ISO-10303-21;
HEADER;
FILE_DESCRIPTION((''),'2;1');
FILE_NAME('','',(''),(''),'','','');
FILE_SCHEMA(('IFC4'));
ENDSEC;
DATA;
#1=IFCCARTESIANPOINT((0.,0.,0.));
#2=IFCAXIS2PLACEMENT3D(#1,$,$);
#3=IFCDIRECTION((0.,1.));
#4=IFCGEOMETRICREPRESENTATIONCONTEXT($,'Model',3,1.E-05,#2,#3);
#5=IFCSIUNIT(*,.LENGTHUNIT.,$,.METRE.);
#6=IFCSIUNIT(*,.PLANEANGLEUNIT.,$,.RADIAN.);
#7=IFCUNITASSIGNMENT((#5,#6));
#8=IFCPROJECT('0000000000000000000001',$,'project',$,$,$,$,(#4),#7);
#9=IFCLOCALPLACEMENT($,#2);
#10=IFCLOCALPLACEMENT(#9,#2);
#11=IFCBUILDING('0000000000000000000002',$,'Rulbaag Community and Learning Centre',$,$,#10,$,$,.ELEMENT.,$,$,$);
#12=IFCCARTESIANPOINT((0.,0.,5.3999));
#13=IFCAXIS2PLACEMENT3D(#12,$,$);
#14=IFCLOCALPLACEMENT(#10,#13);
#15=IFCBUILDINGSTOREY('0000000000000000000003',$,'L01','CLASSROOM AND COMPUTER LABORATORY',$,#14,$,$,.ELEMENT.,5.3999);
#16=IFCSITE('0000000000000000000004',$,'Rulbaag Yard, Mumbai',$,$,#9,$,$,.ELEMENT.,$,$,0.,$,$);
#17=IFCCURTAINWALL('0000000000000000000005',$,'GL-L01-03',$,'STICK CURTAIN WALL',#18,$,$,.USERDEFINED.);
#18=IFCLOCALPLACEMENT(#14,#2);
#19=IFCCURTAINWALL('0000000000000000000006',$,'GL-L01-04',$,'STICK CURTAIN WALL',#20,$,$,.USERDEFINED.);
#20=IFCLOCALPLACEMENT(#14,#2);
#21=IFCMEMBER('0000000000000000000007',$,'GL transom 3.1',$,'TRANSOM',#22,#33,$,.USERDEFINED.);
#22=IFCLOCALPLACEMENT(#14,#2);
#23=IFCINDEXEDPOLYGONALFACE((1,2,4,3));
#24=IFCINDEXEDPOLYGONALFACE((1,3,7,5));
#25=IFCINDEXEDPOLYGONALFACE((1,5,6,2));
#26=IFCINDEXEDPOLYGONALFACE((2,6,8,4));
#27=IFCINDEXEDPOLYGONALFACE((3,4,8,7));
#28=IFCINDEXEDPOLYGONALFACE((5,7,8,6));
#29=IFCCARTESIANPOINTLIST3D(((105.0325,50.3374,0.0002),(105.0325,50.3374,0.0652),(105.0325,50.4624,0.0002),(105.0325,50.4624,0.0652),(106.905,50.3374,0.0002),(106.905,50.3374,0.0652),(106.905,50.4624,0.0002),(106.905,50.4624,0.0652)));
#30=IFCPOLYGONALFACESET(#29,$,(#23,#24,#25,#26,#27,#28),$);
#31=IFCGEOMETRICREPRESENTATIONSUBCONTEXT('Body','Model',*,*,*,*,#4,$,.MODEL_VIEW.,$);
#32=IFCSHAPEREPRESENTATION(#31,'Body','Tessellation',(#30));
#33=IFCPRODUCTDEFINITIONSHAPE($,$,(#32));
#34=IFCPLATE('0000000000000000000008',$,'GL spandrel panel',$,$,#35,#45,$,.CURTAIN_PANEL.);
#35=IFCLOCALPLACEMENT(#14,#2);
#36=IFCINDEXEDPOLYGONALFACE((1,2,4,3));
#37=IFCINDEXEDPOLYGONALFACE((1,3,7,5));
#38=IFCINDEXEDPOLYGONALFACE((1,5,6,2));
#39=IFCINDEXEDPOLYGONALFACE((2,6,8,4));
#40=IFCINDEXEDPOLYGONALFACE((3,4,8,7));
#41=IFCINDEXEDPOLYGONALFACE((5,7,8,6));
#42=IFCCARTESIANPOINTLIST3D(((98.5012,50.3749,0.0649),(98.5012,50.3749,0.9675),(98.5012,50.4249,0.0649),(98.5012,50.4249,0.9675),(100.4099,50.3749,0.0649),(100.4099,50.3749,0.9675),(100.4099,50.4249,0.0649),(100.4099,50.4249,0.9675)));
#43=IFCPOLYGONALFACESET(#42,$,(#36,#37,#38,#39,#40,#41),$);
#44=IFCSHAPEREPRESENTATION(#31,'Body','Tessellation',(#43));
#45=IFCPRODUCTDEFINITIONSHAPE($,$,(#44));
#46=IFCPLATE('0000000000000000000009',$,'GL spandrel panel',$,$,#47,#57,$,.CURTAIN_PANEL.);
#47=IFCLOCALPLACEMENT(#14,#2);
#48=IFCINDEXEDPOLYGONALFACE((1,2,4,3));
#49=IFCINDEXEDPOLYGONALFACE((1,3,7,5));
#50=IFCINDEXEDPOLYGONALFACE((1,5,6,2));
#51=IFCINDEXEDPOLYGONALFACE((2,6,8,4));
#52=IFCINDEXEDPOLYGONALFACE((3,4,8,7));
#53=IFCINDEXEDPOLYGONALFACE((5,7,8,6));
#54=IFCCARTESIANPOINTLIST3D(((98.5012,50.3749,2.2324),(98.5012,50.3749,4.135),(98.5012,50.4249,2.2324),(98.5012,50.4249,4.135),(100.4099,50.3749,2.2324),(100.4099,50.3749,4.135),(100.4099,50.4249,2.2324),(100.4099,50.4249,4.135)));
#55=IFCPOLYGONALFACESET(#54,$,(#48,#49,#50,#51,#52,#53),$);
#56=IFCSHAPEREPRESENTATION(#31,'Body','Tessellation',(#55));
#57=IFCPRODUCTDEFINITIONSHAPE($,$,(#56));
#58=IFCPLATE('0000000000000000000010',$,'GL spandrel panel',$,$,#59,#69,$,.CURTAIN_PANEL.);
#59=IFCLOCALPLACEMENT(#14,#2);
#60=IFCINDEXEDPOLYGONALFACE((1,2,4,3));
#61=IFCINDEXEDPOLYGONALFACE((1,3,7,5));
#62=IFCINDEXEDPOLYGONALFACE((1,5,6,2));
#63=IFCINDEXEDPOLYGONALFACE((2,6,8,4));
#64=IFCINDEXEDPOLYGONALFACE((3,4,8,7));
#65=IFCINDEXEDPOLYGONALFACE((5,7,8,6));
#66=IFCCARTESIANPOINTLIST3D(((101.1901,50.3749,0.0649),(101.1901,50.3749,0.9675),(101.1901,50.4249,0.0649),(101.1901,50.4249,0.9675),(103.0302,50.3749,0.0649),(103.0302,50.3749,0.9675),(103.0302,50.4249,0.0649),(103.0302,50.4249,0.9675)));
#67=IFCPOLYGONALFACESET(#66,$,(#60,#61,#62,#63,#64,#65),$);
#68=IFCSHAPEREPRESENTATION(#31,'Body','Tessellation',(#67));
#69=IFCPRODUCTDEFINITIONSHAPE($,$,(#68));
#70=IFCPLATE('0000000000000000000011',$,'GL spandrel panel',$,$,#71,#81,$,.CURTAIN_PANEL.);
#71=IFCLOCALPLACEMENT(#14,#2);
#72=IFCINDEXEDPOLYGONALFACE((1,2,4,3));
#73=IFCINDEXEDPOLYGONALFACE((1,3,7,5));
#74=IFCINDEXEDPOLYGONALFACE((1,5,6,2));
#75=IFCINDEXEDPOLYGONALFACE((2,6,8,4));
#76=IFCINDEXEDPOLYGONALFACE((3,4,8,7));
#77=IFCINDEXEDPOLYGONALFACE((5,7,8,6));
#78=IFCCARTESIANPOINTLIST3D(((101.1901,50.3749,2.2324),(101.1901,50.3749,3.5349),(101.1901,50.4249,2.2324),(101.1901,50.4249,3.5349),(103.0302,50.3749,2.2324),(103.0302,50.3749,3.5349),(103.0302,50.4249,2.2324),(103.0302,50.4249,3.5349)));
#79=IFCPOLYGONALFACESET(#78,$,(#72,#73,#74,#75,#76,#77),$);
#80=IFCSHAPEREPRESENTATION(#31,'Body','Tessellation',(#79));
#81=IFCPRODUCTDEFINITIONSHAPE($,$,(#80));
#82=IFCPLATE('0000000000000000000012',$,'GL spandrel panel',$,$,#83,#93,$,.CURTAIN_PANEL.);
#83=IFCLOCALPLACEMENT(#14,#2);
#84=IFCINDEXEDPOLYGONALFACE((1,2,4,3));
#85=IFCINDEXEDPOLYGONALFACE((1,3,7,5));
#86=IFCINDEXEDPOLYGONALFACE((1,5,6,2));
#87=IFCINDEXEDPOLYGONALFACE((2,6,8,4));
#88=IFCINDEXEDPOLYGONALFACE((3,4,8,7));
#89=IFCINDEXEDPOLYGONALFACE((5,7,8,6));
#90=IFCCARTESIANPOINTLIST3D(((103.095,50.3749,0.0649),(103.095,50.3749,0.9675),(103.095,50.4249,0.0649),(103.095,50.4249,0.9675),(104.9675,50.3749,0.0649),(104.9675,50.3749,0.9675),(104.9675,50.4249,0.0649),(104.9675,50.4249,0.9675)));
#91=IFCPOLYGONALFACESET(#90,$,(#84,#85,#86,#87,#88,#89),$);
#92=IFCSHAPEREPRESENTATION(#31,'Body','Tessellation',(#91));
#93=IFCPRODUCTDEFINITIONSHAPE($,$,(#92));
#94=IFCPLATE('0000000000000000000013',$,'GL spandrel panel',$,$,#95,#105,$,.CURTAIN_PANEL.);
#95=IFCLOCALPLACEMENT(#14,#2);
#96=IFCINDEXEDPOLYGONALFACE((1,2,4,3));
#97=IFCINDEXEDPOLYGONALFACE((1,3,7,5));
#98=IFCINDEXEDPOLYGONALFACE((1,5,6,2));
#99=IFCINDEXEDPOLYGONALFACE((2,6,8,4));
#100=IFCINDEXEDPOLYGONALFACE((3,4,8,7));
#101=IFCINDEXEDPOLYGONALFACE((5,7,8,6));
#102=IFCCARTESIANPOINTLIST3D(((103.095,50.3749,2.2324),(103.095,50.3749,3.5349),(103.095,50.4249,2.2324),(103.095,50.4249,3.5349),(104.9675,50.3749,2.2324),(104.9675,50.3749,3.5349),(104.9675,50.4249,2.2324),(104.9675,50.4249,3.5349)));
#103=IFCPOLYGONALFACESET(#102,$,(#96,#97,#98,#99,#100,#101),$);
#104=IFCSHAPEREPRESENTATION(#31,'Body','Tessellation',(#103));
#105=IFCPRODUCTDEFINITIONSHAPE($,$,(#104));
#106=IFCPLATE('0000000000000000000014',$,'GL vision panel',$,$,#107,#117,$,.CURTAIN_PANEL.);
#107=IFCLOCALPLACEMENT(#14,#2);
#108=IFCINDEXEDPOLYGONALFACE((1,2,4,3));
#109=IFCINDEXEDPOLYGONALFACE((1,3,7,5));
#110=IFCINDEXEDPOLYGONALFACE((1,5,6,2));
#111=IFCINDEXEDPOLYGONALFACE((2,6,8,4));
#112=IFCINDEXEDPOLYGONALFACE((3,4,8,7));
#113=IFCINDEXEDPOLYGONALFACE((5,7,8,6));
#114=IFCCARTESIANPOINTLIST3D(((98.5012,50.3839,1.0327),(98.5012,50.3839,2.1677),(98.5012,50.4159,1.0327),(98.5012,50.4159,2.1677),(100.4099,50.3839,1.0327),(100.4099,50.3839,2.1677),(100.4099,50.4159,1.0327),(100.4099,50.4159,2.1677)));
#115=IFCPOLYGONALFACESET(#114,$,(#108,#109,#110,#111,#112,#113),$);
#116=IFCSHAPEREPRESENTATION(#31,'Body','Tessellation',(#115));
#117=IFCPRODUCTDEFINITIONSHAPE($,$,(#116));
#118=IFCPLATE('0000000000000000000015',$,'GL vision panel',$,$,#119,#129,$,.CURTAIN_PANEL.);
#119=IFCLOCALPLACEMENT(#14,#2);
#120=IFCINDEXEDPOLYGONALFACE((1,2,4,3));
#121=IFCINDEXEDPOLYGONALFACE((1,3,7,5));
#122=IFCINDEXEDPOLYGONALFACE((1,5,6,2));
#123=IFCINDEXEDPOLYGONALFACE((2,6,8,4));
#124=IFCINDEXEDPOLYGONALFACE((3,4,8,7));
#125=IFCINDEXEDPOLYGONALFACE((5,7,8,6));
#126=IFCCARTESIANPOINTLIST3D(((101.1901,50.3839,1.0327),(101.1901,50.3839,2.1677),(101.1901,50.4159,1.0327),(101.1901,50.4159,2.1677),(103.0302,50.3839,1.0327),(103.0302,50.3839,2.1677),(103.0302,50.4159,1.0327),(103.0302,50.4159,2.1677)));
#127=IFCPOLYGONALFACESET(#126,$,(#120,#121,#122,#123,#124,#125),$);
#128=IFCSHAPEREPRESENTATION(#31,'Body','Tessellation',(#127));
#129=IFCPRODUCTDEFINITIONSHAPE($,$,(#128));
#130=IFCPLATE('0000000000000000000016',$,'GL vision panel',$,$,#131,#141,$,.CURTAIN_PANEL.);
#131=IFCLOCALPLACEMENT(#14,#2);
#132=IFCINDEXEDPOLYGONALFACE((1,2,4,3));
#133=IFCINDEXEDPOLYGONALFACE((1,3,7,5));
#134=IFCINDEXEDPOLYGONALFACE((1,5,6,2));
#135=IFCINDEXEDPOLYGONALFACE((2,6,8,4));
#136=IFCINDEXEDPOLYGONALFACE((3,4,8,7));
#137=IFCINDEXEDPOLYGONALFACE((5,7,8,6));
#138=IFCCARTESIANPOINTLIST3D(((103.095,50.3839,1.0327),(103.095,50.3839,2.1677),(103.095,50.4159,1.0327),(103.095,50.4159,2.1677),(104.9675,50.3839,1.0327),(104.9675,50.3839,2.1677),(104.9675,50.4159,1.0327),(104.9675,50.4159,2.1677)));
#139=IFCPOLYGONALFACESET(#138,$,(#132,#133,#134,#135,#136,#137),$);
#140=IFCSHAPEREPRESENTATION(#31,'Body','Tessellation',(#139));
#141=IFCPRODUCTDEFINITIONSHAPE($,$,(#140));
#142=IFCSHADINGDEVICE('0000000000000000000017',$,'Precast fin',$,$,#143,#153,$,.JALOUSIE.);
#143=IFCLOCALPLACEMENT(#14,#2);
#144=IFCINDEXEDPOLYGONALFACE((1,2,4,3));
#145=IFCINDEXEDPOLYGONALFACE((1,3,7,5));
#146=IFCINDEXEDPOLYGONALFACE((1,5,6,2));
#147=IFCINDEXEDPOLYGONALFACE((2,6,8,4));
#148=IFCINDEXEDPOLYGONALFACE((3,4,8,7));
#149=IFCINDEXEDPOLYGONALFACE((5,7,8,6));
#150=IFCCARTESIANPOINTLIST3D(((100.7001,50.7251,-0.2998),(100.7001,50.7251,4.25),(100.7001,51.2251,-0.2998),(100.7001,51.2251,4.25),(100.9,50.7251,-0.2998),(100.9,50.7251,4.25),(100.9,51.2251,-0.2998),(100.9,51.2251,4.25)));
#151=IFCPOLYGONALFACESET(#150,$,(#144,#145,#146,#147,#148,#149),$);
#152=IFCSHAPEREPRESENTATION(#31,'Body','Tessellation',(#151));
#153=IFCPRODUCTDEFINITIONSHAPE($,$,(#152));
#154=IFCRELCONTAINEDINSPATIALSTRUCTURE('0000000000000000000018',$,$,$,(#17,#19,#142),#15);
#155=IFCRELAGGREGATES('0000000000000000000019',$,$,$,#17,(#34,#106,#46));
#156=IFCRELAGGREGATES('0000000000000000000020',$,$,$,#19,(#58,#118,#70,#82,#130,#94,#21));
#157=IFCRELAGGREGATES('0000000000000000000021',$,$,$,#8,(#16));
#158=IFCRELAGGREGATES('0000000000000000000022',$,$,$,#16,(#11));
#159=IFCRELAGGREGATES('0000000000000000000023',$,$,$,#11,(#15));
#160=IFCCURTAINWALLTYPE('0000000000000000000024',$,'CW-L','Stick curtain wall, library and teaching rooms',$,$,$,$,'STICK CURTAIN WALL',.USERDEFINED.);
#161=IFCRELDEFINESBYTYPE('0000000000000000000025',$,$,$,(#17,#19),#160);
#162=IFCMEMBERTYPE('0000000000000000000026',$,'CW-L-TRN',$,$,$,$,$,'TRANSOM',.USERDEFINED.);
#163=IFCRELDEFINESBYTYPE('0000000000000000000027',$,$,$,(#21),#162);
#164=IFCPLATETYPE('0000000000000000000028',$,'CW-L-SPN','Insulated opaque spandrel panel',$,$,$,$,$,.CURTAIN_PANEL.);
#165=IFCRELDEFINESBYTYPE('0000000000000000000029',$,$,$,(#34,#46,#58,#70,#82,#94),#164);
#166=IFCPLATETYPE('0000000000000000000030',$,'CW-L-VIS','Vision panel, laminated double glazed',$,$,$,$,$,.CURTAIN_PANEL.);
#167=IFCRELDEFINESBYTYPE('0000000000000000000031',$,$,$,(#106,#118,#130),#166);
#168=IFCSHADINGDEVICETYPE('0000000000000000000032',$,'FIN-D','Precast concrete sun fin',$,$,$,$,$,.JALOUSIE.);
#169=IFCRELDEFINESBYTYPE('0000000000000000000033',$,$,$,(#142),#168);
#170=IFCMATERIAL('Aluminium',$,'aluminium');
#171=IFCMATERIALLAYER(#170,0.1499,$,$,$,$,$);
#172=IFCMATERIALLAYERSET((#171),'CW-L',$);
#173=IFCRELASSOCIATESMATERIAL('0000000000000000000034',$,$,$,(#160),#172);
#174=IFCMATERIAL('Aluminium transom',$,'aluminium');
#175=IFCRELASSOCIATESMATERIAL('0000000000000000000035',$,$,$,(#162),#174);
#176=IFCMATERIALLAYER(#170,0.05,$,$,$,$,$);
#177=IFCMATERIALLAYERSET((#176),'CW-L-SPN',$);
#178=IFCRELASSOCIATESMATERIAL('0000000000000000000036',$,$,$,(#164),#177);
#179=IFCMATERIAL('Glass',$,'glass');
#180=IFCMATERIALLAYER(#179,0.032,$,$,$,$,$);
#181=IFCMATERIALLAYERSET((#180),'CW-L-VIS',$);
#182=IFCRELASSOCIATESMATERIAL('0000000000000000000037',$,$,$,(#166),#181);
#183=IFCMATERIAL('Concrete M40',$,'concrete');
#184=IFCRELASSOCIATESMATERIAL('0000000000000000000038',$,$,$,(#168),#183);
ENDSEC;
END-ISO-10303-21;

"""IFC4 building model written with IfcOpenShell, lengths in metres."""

from ifc_helpers import new_model, si_unit, direction, frame, origin, origin_2d, place, context, subcontext, project, spatial, rectangle, extrude, material, layer, layer_set, material_profile, profile_set, type_object, element, aggregate, save


model = new_model("IFC4")

# Units and contexts
model_context = context("Model", 3, precision=1e-05, world=origin(), true_north=direction((0.0, 1.0)))
body_context = subcontext(model_context, "Body", "Model", "MODEL_VIEW")
ifc_project = project(units=[si_unit("LENGTHUNIT", "METRE"), si_unit("PLANEANGLEUNIT", "RADIAN")], contexts=[model_context])

# Site, building, storey
site_placement = place(None, origin())
site = spatial("IfcSite", under=ifc_project, at=site_placement, Name="Rulbaag Yard, Mumbai", CompositionType="ELEMENT", RefElevation=0.0)
building_placement = place(site_placement, origin())
building = spatial("IfcBuilding", under=site, at=building_placement, Name="Rulbaag Community and Learning Centre", CompositionType="ELEMENT")
storey_placement = place(building_placement, frame((0.0, 0.0, 5.3999)))
storey = spatial("IfcBuildingStorey", under=building, at=storey_placement, Name="L01", Description="CLASSROOM AND COMPUTER LABORATORY", CompositionType="ELEMENT", Elevation=5.3999)

# Shared definitions
ifc_material_1 = material(Name="Concrete M40", Category="concrete")

# Curtain wall
ifc_material_2 = material(Name="Aluminium", Category="aluminium")
ifc_layer_1 = layer(ifc_material_2, 0.1499)
ifc_layer_set_1 = layer_set([ifc_layer_1], Name="CW-L")
curtain_wall_type = type_object("IfcCurtainWallType", Name="CW-L", Description="Stick curtain wall, library and teaching rooms", ElementType="STICK CURTAIN WALL", PredefinedType="USERDEFINED", material=ifc_layer_set_1)
curtain_wall_1_placement = place(storey_placement, origin())
curtain_wall_1 = element("IfcCurtainWall", 1, at=curtain_wall_1_placement, inside=storey, type_object=curtain_wall_type, Name="GL-L01-03", ObjectType="STICK CURTAIN WALL", PredefinedType="USERDEFINED")

# Curtain wall, member
curtain_wall_2_placement = place(storey_placement, origin())
curtain_wall_2 = element("IfcCurtainWall", 2, at=curtain_wall_2_placement, inside=storey, type_object=curtain_wall_type, Name="GL-L01-04", ObjectType="STICK CURTAIN WALL", PredefinedType="USERDEFINED")
ifc_material_3 = material(Name="Aluminium transom", Category="aluminium")
ifc_material_profile_1 = material_profile(ifc_material_3, rectangle(XDim=0.125, YDim=0.0649, at=origin_2d()), Name="AL 65x125 T")
ifc_profile_set_1 = profile_set([ifc_material_profile_1], Name="Aluminium transom")
member_type_1 = type_object("IfcMemberType", Name="CW-L-TRN", ElementType="TRANSOM", PredefinedType="USERDEFINED", material=ifc_profile_set_1)
member_1_placement = place(storey_placement, frame((105.0325, 50.3999, 0.0327), z_axis=(1.0, 0.0, 0.0), x_axis=(0.0, 1.0, 0.0)))
member_1 = element("IfcMember", 3, at=member_1_placement, type_object=member_type_1, Name="GL transom 3.1", ObjectType="TRANSOM", PredefinedType="USERDEFINED", context=body_context, shape_type="SweptSolid", body=[
    extrude(rectangle(XDim=0.125, YDim=0.0649, at=origin_2d()), origin(), (0.0, 0.0, 1.0), 1.8726),
])

# Plates
ifc_layer_2 = layer(ifc_material_2, 0.05)
ifc_layer_set_2 = layer_set([ifc_layer_2], Name="CW-L-SPN")
plate_type_1 = type_object("IfcPlateType", Name="CW-L-SPN", Description="Insulated opaque spandrel panel", PredefinedType="CURTAIN_PANEL", material=ifc_layer_set_2)
plate_1_placement = place(storey_placement, frame((99.4556, 50.3999, 0.0649), z_axis=(0.0, 0.0, 1.0), x_axis=(1.0, 0.0, 0.0)))
plate_1 = element("IfcPlate", 4, at=plate_1_placement, type_object=plate_type_1, Name="GL spandrel panel", PredefinedType="CURTAIN_PANEL", context=body_context, shape_type="SweptSolid", body=[
    extrude(rectangle(XDim=1.9087, YDim=0.05, at=origin_2d()), origin(), (0.0, 0.0, 1.0), 0.9026),
])
plate_2_placement = place(storey_placement, frame((99.4556, 50.3999, 2.2324), z_axis=(0.0, 0.0, 1.0), x_axis=(1.0, 0.0, 0.0)))
plate_2 = element("IfcPlate", 5, at=plate_2_placement, type_object=plate_type_1, Name="GL spandrel panel", PredefinedType="CURTAIN_PANEL", context=body_context, shape_type="SweptSolid", body=[
    extrude(rectangle(XDim=1.9087, YDim=0.05, at=origin_2d()), origin(), (0.0, 0.0, 1.0), 1.9026),
])
plate_3_placement = place(storey_placement, frame((102.1101, 50.3999, 0.0649), z_axis=(0.0, 0.0, 1.0), x_axis=(1.0, 0.0, 0.0)))
plate_3 = element("IfcPlate", 6, at=plate_3_placement, type_object=plate_type_1, Name="GL spandrel panel", PredefinedType="CURTAIN_PANEL", context=body_context, shape_type="SweptSolid", body=[
    extrude(rectangle(XDim=1.8401, YDim=0.05, at=origin_2d()), origin(), (0.0, 0.0, 1.0), 0.9026),
])
plate_4_placement = place(storey_placement, frame((102.1101, 50.3999, 2.2324), z_axis=(0.0, 0.0, 1.0), x_axis=(1.0, 0.0, 0.0)))
plate_4 = element("IfcPlate", 7, at=plate_4_placement, type_object=plate_type_1, Name="GL spandrel panel", PredefinedType="CURTAIN_PANEL", context=body_context, shape_type="SweptSolid", body=[
    extrude(rectangle(XDim=1.8401, YDim=0.05, at=origin_2d()), origin(), (0.0, 0.0, 1.0), 1.3025),
])
plate_5_placement = place(storey_placement, frame((104.0312, 50.3999, 0.0649), z_axis=(0.0, 0.0, 1.0), x_axis=(1.0, 0.0, 0.0)))
plate_5 = element("IfcPlate", 8, at=plate_5_placement, type_object=plate_type_1, Name="GL spandrel panel", PredefinedType="CURTAIN_PANEL", context=body_context, shape_type="SweptSolid", body=[
    extrude(rectangle(XDim=1.8726, YDim=0.05, at=origin_2d()), origin(), (0.0, 0.0, 1.0), 0.9026),
])
plate_6_placement = place(storey_placement, frame((104.0312, 50.3999, 2.2324), z_axis=(0.0, 0.0, 1.0), x_axis=(1.0, 0.0, 0.0)))
plate_6 = element("IfcPlate", 9, at=plate_6_placement, type_object=plate_type_1, Name="GL spandrel panel", PredefinedType="CURTAIN_PANEL", context=body_context, shape_type="SweptSolid", body=[
    extrude(rectangle(XDim=1.8726, YDim=0.05, at=origin_2d()), origin(), (0.0, 0.0, 1.0), 1.3025),
])
ifc_material_4 = material(Name="Glass", Category="glass")
ifc_layer_3 = layer(ifc_material_4, 0.032)
ifc_layer_set_3 = layer_set([ifc_layer_3], Name="CW-L-VIS")
plate_type_2 = type_object("IfcPlateType", Name="CW-L-VIS", Description="Vision panel, laminated double glazed", PredefinedType="CURTAIN_PANEL", material=ifc_layer_set_3)
plate_7_placement = place(storey_placement, frame((99.4556, 50.3999, 1.0327), z_axis=(0.0, 0.0, 1.0), x_axis=(1.0, 0.0, 0.0)))
plate_7 = element("IfcPlate", 10, at=plate_7_placement, type_object=plate_type_2, Name="GL vision panel", PredefinedType="CURTAIN_PANEL", context=body_context, shape_type="SweptSolid", body=[
    extrude(rectangle(XDim=1.9087, YDim=0.032, at=origin_2d()), origin(), (0.0, 0.0, 1.0), 1.135),
])
aggregate(curtain_wall_1, [plate_1, plate_7, plate_2])
plate_8_placement = place(storey_placement, frame((102.1101, 50.3999, 1.0327), z_axis=(0.0, 0.0, 1.0), x_axis=(1.0, 0.0, 0.0)))
plate_8 = element("IfcPlate", 11, at=plate_8_placement, type_object=plate_type_2, Name="GL vision panel", PredefinedType="CURTAIN_PANEL", context=body_context, shape_type="SweptSolid", body=[
    extrude(rectangle(XDim=1.8401, YDim=0.032, at=origin_2d()), origin(), (0.0, 0.0, 1.0), 1.135),
])
plate_9_placement = place(storey_placement, frame((104.0312, 50.3999, 1.0327), z_axis=(0.0, 0.0, 1.0), x_axis=(1.0, 0.0, 0.0)))
plate_9 = element("IfcPlate", 12, at=plate_9_placement, type_object=plate_type_2, Name="GL vision panel", PredefinedType="CURTAIN_PANEL", context=body_context, shape_type="SweptSolid", body=[
    extrude(rectangle(XDim=1.8726, YDim=0.032, at=origin_2d()), origin(), (0.0, 0.0, 1.0), 1.135),
])
aggregate(curtain_wall_2, [plate_3, plate_8, plate_4, plate_5, plate_9, plate_6, member_1])

# Shading device
ifc_material_profile_2 = material_profile(ifc_material_1, rectangle(XDim=0.2, YDim=0.5, at=origin_2d()), Name="PC 200x500")
ifc_profile_set_2 = profile_set([ifc_material_profile_2], Name="Concrete M40")
shading_device_type = type_object("IfcShadingDeviceType", Name="FIN-D", Description="Precast concrete sun fin", PredefinedType="JALOUSIE", material=ifc_profile_set_2)
shading_device_placement = place(storey_placement, frame((100.8, 50.9751, -0.2998), z_axis=(0.0, 0.0, 1.0), x_axis=(1.0, 0.0, 0.0)))
element("IfcShadingDevice", 13, at=shading_device_placement, inside=storey, type_object=shading_device_type, Name="Precast fin", PredefinedType="JALOUSIE", context=body_context, shape_type="SweptSolid", body=[
    extrude(rectangle(XDim=0.2, YDim=0.5, at=origin_2d()), origin(), (0.0, 0.0, 1.0), 4.5498),
])

save(model, "model.ifc")
